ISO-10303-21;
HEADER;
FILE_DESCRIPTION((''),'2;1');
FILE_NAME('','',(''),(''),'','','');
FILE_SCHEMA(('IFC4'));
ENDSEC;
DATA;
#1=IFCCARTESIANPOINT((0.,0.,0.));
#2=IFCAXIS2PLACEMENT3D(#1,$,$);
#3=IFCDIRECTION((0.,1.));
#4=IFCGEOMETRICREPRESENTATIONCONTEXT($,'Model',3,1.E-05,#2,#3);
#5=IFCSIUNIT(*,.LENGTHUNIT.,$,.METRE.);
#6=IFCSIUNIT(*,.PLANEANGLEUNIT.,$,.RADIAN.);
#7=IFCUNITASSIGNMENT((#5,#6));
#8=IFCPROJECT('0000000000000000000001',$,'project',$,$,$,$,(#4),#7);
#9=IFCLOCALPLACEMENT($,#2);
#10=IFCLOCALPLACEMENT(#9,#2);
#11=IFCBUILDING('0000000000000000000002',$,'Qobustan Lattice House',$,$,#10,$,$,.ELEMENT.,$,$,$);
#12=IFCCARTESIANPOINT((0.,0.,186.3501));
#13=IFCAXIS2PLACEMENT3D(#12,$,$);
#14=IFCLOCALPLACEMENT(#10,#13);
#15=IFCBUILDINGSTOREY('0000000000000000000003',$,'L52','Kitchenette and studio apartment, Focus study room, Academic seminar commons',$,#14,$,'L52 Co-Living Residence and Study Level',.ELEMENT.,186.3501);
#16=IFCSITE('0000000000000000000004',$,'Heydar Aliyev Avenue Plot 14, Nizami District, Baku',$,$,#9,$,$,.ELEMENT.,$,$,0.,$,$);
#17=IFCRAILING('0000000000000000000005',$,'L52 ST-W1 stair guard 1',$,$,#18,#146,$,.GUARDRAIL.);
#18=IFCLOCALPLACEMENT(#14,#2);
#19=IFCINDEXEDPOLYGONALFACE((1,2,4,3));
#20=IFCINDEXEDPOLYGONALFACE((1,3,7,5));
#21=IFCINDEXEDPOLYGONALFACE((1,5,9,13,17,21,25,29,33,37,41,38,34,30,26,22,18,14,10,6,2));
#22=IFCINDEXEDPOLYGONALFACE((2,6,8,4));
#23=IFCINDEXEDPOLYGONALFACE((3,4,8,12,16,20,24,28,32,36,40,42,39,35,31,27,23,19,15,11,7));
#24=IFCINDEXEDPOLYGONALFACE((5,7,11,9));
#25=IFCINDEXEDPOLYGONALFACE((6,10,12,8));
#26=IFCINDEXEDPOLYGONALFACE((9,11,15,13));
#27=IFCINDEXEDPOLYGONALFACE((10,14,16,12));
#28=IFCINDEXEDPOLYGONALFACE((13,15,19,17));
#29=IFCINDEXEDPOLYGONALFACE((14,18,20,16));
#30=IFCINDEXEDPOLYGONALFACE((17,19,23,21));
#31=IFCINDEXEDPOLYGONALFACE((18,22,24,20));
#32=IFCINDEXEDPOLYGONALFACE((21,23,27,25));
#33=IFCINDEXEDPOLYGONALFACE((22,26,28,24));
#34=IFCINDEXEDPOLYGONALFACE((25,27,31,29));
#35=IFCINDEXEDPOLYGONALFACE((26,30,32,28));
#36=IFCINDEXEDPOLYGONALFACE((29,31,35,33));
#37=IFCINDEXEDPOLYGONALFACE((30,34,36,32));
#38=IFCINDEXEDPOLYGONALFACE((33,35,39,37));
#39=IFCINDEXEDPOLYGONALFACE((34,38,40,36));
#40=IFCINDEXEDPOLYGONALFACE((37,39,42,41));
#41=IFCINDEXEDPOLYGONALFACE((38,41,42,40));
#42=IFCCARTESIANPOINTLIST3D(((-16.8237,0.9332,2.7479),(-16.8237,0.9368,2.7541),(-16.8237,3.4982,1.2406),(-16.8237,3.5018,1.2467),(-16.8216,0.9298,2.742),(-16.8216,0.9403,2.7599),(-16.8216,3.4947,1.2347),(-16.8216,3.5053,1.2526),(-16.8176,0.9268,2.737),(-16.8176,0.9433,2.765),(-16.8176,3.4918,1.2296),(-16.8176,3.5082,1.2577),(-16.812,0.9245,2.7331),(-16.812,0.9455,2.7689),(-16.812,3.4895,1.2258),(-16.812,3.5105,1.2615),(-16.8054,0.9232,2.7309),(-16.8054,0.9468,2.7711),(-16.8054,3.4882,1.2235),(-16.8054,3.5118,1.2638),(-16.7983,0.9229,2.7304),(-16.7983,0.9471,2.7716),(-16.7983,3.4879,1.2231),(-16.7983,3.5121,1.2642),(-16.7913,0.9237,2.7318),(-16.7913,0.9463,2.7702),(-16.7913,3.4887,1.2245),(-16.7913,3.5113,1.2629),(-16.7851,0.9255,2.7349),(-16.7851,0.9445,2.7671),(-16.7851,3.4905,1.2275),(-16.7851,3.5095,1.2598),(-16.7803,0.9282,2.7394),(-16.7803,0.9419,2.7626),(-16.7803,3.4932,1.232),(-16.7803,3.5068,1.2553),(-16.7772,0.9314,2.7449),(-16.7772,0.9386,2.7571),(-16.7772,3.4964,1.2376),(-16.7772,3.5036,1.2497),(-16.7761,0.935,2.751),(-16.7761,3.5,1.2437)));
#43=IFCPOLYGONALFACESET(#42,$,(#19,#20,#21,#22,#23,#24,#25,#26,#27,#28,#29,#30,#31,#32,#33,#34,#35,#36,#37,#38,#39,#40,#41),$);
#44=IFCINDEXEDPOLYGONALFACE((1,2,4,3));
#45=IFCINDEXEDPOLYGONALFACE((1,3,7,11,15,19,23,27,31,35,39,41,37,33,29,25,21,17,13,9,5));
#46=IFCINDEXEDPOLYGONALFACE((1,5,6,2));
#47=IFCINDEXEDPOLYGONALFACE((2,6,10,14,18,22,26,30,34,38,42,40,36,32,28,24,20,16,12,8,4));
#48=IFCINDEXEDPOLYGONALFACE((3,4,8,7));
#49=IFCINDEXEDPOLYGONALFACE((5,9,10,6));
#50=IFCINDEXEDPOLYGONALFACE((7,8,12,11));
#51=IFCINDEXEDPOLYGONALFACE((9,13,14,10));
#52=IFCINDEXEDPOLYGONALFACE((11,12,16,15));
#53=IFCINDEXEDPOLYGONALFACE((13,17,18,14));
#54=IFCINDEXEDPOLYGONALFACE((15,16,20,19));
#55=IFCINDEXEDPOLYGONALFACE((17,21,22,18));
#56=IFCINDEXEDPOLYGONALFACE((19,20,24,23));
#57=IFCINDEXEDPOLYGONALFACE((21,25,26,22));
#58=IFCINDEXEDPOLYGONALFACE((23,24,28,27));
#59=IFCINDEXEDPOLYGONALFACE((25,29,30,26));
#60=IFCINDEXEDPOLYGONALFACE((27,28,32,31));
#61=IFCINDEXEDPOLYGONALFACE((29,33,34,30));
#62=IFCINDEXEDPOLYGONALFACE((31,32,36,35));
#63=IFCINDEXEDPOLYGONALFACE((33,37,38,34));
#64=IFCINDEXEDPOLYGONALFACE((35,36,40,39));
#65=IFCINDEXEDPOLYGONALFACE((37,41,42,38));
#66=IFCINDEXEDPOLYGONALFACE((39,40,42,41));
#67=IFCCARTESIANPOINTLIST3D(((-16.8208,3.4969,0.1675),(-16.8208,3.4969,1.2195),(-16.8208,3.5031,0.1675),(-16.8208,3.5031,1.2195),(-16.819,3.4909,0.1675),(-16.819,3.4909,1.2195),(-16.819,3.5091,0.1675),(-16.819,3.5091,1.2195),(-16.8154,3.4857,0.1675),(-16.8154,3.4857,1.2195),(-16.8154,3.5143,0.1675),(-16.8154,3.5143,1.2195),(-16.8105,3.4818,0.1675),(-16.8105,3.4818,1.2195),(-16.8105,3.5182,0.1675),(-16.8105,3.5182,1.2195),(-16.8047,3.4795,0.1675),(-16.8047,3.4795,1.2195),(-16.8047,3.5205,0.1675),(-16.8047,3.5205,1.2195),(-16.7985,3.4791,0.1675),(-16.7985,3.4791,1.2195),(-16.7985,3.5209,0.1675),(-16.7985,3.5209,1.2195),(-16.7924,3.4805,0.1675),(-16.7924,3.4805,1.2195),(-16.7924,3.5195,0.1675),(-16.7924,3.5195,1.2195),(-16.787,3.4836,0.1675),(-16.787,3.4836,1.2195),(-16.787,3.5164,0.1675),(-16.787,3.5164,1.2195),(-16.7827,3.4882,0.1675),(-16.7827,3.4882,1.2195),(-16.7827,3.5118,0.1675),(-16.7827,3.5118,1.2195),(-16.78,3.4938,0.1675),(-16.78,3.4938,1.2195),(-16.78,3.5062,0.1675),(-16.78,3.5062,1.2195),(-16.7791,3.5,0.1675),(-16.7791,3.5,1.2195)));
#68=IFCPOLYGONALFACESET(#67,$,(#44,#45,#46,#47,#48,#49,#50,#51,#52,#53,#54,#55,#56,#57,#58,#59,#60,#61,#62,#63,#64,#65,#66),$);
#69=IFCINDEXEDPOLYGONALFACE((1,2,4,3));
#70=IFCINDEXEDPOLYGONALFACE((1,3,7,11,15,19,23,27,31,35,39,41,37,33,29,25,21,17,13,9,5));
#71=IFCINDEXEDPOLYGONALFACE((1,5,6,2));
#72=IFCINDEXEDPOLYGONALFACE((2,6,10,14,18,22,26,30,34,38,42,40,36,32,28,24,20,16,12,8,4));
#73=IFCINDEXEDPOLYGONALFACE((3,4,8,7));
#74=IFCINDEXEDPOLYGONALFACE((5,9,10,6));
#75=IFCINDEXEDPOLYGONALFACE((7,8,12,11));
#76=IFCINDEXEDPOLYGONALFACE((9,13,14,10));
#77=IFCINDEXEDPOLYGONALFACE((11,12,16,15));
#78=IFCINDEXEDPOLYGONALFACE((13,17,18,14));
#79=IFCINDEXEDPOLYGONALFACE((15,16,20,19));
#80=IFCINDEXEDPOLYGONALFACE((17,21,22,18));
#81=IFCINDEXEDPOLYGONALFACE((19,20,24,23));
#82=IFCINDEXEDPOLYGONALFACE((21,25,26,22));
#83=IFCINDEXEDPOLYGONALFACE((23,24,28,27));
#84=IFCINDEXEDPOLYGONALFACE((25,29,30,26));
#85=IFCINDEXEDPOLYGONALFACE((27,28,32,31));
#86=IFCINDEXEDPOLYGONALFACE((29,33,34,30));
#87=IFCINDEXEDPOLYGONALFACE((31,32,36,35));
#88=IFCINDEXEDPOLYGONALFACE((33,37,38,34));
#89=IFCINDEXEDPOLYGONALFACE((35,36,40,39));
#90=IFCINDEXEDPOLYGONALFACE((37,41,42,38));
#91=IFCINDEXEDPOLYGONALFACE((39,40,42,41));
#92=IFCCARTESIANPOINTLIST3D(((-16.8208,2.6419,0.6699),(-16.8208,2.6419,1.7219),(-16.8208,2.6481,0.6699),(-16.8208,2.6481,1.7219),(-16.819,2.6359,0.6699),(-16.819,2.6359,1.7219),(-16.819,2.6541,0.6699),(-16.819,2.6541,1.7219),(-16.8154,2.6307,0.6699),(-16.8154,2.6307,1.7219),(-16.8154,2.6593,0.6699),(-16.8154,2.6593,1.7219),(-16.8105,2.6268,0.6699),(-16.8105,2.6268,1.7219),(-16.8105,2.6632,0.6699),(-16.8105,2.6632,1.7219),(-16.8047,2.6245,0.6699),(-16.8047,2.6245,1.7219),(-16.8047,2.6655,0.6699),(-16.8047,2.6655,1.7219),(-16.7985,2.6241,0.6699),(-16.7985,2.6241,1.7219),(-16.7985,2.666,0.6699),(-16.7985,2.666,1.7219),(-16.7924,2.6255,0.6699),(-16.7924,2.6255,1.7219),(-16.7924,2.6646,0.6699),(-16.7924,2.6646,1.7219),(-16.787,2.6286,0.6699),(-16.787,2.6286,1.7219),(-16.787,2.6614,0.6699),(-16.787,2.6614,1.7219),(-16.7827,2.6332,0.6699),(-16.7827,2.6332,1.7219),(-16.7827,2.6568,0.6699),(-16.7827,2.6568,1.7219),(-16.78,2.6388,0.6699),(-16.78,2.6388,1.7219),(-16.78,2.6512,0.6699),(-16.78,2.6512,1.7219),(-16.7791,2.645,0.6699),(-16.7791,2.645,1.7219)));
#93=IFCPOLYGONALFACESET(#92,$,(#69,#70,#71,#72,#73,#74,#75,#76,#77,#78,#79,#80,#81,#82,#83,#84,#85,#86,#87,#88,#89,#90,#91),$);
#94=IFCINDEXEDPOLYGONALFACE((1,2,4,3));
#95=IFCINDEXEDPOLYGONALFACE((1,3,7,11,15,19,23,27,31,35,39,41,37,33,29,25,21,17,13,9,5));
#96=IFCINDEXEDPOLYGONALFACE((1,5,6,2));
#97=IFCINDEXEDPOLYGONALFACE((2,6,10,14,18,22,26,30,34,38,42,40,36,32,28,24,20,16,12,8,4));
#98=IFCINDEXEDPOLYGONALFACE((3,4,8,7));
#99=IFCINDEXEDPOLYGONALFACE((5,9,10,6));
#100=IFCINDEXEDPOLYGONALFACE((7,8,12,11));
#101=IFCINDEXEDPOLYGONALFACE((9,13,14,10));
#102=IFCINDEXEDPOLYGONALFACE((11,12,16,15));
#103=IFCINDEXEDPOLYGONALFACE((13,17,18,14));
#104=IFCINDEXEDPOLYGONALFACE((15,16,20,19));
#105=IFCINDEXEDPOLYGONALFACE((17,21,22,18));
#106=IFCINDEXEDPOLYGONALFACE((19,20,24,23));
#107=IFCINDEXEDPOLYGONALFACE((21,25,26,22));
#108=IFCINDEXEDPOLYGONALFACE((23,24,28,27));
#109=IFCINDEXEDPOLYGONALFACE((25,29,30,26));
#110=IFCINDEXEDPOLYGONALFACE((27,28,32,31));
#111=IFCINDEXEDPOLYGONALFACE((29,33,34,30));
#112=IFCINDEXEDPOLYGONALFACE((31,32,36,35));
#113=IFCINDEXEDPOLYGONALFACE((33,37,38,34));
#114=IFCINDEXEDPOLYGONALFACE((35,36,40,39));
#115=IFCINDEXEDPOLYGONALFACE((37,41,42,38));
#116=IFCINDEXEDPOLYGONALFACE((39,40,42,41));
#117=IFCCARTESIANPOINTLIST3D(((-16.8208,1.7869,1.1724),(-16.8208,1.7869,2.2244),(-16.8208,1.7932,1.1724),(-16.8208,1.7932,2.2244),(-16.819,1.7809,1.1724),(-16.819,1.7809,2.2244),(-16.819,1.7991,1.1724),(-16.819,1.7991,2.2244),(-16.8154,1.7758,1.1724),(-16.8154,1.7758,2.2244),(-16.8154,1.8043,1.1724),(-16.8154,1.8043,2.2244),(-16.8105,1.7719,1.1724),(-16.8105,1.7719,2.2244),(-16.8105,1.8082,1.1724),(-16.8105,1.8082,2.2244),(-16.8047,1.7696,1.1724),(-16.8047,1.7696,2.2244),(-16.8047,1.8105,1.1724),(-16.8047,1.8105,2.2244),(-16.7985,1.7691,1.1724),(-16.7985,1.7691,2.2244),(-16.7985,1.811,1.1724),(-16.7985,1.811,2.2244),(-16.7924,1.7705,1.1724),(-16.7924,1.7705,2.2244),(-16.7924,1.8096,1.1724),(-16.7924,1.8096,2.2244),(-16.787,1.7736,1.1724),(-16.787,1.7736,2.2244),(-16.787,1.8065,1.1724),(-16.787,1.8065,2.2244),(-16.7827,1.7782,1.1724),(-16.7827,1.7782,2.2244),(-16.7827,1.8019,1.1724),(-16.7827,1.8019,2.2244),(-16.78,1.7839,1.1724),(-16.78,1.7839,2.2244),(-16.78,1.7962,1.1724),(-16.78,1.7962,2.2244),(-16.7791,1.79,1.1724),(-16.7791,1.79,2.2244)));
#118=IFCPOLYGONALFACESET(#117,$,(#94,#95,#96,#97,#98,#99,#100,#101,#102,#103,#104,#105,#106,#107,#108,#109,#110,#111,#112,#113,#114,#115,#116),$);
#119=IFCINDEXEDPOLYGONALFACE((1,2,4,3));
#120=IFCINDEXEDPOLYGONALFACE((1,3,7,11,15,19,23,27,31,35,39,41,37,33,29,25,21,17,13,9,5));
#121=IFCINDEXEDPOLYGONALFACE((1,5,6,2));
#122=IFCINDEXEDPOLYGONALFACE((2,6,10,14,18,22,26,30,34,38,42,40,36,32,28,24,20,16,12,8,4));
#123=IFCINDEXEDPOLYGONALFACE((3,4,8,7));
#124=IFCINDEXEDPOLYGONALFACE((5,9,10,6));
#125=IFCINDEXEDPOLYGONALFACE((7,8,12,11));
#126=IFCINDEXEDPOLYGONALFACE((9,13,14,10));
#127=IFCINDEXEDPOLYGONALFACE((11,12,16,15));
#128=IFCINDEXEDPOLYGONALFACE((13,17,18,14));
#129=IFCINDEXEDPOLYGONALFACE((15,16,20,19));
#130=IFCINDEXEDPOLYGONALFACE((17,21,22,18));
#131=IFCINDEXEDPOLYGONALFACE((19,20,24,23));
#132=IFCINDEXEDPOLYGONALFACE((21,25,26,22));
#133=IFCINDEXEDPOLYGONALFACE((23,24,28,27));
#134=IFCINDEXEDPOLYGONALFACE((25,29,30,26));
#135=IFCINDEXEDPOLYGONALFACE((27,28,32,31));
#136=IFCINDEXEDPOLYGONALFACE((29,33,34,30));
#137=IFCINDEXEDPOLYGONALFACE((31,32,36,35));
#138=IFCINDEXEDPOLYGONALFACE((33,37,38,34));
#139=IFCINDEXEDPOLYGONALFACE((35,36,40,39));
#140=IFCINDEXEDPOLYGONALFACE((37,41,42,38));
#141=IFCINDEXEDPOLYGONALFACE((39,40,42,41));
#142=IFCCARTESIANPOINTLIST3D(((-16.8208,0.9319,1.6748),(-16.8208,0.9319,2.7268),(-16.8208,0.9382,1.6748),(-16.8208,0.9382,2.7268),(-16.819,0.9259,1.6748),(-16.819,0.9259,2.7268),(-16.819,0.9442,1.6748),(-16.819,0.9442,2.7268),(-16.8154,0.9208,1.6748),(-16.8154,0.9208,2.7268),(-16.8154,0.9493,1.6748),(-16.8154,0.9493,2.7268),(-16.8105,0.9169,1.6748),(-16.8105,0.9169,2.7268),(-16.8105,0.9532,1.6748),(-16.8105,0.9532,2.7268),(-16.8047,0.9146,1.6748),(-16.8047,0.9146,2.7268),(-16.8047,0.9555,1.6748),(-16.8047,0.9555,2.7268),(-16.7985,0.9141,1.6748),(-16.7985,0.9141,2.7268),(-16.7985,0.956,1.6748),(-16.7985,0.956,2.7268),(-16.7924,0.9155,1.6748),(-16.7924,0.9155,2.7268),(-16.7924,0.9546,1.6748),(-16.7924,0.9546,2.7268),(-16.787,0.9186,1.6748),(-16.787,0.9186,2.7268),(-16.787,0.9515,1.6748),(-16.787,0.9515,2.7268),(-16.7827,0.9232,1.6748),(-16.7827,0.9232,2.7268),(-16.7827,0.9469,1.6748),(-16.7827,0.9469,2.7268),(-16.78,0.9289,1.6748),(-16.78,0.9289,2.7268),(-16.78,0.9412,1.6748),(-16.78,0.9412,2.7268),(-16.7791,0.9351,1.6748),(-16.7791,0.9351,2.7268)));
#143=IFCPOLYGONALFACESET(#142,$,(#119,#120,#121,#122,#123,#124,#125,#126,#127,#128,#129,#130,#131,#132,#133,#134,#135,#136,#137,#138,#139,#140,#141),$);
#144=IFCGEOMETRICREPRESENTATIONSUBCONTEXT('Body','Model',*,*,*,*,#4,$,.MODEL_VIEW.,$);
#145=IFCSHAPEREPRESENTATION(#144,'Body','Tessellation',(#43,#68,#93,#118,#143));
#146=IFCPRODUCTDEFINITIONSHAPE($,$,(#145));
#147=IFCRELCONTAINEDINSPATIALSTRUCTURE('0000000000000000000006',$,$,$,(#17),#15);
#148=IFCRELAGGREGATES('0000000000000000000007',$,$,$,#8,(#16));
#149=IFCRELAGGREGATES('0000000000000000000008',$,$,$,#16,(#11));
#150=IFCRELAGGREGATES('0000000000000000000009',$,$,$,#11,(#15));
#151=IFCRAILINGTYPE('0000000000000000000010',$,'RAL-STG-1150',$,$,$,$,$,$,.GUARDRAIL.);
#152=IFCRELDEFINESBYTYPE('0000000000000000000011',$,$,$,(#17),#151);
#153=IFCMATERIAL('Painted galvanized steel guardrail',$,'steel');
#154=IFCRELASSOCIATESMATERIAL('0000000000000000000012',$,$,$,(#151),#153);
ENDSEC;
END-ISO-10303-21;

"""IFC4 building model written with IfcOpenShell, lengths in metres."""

from ifc_helpers import new_model, si_unit, direction, frame, origin, origin_2d, place, context, subcontext, project, spatial, circle, extrude, material, type_object, element, save


model = new_model("IFC4")

# Units and contexts
model_context = context("Model", 3, precision=1e-05, world=origin(), true_north=direction((0.0, 1.0)))
body_context = subcontext(model_context, "Body", "Model", "MODEL_VIEW")
ifc_project = project(units=[si_unit("LENGTHUNIT", "METRE"), si_unit("PLANEANGLEUNIT", "RADIAN")], contexts=[model_context])

# Site, building, storey
site_placement = place(None, origin())
site = spatial("IfcSite", under=ifc_project, at=site_placement, Name="Heydar Aliyev Avenue Plot 14, Nizami District, Baku", CompositionType="ELEMENT", RefElevation=0.0)
building_placement = place(site_placement, origin())
building = spatial("IfcBuilding", under=site, at=building_placement, Name="Qobustan Lattice House", CompositionType="ELEMENT")
storey_placement = place(building_placement, frame((0.0, 0.0, 186.3501)))
storey = spatial("IfcBuildingStorey", under=building, at=storey_placement, Name="L52", Description="Kitchenette and studio apartment, Focus study room, Academic seminar commons", LongName="L52 Co-Living Residence and Study Level", CompositionType="ELEMENT", Elevation=186.3501)

# Railing
ifc_material_1 = material(Name="Painted galvanized steel guardrail", Category="steel")
railing_type = type_object("IfcRailingType", Name="RAL-STG-1150", PredefinedType="GUARDRAIL", material=ifc_material_1)
railing_1_placement = place(storey_placement, frame((-16.8, 3.5, 0.1675)))
element("IfcRailing", 1, at=railing_1_placement, inside=storey, type_object=railing_type, Name="L52 ST-W1 stair guard 1", PredefinedType="GUARDRAIL", context=body_context, shape_type="SweptSolid", body=[
    extrude(circle(Radius=0.0239, at=origin_2d()), frame((0.0, 0.0, 1.0762), z_axis=(0.0, -0.862149, 0.506654), x_axis=(1.0, 0.0, 0.0)), (0.0, 0.0, 1.0), 2.9751),
    extrude(circle(Radius=0.021, at=origin_2d()), origin(), (0.0, 0.0, 1.0), 1.052),
    extrude(circle(Radius=0.021, at=origin_2d()), frame((0.0, -0.855, 0.5024)), (0.0, 0.0, 1.0), 1.052),
    extrude(circle(Radius=0.021, at=origin_2d()), frame((0.0, -1.71, 1.0049)), (0.0, 0.0, 1.0), 1.052),
    extrude(circle(Radius=0.021, at=origin_2d()), frame((0.0, -2.5649, 1.5073)), (0.0, 0.0, 1.0), 1.052),
])

save(model, "model.ifc")
